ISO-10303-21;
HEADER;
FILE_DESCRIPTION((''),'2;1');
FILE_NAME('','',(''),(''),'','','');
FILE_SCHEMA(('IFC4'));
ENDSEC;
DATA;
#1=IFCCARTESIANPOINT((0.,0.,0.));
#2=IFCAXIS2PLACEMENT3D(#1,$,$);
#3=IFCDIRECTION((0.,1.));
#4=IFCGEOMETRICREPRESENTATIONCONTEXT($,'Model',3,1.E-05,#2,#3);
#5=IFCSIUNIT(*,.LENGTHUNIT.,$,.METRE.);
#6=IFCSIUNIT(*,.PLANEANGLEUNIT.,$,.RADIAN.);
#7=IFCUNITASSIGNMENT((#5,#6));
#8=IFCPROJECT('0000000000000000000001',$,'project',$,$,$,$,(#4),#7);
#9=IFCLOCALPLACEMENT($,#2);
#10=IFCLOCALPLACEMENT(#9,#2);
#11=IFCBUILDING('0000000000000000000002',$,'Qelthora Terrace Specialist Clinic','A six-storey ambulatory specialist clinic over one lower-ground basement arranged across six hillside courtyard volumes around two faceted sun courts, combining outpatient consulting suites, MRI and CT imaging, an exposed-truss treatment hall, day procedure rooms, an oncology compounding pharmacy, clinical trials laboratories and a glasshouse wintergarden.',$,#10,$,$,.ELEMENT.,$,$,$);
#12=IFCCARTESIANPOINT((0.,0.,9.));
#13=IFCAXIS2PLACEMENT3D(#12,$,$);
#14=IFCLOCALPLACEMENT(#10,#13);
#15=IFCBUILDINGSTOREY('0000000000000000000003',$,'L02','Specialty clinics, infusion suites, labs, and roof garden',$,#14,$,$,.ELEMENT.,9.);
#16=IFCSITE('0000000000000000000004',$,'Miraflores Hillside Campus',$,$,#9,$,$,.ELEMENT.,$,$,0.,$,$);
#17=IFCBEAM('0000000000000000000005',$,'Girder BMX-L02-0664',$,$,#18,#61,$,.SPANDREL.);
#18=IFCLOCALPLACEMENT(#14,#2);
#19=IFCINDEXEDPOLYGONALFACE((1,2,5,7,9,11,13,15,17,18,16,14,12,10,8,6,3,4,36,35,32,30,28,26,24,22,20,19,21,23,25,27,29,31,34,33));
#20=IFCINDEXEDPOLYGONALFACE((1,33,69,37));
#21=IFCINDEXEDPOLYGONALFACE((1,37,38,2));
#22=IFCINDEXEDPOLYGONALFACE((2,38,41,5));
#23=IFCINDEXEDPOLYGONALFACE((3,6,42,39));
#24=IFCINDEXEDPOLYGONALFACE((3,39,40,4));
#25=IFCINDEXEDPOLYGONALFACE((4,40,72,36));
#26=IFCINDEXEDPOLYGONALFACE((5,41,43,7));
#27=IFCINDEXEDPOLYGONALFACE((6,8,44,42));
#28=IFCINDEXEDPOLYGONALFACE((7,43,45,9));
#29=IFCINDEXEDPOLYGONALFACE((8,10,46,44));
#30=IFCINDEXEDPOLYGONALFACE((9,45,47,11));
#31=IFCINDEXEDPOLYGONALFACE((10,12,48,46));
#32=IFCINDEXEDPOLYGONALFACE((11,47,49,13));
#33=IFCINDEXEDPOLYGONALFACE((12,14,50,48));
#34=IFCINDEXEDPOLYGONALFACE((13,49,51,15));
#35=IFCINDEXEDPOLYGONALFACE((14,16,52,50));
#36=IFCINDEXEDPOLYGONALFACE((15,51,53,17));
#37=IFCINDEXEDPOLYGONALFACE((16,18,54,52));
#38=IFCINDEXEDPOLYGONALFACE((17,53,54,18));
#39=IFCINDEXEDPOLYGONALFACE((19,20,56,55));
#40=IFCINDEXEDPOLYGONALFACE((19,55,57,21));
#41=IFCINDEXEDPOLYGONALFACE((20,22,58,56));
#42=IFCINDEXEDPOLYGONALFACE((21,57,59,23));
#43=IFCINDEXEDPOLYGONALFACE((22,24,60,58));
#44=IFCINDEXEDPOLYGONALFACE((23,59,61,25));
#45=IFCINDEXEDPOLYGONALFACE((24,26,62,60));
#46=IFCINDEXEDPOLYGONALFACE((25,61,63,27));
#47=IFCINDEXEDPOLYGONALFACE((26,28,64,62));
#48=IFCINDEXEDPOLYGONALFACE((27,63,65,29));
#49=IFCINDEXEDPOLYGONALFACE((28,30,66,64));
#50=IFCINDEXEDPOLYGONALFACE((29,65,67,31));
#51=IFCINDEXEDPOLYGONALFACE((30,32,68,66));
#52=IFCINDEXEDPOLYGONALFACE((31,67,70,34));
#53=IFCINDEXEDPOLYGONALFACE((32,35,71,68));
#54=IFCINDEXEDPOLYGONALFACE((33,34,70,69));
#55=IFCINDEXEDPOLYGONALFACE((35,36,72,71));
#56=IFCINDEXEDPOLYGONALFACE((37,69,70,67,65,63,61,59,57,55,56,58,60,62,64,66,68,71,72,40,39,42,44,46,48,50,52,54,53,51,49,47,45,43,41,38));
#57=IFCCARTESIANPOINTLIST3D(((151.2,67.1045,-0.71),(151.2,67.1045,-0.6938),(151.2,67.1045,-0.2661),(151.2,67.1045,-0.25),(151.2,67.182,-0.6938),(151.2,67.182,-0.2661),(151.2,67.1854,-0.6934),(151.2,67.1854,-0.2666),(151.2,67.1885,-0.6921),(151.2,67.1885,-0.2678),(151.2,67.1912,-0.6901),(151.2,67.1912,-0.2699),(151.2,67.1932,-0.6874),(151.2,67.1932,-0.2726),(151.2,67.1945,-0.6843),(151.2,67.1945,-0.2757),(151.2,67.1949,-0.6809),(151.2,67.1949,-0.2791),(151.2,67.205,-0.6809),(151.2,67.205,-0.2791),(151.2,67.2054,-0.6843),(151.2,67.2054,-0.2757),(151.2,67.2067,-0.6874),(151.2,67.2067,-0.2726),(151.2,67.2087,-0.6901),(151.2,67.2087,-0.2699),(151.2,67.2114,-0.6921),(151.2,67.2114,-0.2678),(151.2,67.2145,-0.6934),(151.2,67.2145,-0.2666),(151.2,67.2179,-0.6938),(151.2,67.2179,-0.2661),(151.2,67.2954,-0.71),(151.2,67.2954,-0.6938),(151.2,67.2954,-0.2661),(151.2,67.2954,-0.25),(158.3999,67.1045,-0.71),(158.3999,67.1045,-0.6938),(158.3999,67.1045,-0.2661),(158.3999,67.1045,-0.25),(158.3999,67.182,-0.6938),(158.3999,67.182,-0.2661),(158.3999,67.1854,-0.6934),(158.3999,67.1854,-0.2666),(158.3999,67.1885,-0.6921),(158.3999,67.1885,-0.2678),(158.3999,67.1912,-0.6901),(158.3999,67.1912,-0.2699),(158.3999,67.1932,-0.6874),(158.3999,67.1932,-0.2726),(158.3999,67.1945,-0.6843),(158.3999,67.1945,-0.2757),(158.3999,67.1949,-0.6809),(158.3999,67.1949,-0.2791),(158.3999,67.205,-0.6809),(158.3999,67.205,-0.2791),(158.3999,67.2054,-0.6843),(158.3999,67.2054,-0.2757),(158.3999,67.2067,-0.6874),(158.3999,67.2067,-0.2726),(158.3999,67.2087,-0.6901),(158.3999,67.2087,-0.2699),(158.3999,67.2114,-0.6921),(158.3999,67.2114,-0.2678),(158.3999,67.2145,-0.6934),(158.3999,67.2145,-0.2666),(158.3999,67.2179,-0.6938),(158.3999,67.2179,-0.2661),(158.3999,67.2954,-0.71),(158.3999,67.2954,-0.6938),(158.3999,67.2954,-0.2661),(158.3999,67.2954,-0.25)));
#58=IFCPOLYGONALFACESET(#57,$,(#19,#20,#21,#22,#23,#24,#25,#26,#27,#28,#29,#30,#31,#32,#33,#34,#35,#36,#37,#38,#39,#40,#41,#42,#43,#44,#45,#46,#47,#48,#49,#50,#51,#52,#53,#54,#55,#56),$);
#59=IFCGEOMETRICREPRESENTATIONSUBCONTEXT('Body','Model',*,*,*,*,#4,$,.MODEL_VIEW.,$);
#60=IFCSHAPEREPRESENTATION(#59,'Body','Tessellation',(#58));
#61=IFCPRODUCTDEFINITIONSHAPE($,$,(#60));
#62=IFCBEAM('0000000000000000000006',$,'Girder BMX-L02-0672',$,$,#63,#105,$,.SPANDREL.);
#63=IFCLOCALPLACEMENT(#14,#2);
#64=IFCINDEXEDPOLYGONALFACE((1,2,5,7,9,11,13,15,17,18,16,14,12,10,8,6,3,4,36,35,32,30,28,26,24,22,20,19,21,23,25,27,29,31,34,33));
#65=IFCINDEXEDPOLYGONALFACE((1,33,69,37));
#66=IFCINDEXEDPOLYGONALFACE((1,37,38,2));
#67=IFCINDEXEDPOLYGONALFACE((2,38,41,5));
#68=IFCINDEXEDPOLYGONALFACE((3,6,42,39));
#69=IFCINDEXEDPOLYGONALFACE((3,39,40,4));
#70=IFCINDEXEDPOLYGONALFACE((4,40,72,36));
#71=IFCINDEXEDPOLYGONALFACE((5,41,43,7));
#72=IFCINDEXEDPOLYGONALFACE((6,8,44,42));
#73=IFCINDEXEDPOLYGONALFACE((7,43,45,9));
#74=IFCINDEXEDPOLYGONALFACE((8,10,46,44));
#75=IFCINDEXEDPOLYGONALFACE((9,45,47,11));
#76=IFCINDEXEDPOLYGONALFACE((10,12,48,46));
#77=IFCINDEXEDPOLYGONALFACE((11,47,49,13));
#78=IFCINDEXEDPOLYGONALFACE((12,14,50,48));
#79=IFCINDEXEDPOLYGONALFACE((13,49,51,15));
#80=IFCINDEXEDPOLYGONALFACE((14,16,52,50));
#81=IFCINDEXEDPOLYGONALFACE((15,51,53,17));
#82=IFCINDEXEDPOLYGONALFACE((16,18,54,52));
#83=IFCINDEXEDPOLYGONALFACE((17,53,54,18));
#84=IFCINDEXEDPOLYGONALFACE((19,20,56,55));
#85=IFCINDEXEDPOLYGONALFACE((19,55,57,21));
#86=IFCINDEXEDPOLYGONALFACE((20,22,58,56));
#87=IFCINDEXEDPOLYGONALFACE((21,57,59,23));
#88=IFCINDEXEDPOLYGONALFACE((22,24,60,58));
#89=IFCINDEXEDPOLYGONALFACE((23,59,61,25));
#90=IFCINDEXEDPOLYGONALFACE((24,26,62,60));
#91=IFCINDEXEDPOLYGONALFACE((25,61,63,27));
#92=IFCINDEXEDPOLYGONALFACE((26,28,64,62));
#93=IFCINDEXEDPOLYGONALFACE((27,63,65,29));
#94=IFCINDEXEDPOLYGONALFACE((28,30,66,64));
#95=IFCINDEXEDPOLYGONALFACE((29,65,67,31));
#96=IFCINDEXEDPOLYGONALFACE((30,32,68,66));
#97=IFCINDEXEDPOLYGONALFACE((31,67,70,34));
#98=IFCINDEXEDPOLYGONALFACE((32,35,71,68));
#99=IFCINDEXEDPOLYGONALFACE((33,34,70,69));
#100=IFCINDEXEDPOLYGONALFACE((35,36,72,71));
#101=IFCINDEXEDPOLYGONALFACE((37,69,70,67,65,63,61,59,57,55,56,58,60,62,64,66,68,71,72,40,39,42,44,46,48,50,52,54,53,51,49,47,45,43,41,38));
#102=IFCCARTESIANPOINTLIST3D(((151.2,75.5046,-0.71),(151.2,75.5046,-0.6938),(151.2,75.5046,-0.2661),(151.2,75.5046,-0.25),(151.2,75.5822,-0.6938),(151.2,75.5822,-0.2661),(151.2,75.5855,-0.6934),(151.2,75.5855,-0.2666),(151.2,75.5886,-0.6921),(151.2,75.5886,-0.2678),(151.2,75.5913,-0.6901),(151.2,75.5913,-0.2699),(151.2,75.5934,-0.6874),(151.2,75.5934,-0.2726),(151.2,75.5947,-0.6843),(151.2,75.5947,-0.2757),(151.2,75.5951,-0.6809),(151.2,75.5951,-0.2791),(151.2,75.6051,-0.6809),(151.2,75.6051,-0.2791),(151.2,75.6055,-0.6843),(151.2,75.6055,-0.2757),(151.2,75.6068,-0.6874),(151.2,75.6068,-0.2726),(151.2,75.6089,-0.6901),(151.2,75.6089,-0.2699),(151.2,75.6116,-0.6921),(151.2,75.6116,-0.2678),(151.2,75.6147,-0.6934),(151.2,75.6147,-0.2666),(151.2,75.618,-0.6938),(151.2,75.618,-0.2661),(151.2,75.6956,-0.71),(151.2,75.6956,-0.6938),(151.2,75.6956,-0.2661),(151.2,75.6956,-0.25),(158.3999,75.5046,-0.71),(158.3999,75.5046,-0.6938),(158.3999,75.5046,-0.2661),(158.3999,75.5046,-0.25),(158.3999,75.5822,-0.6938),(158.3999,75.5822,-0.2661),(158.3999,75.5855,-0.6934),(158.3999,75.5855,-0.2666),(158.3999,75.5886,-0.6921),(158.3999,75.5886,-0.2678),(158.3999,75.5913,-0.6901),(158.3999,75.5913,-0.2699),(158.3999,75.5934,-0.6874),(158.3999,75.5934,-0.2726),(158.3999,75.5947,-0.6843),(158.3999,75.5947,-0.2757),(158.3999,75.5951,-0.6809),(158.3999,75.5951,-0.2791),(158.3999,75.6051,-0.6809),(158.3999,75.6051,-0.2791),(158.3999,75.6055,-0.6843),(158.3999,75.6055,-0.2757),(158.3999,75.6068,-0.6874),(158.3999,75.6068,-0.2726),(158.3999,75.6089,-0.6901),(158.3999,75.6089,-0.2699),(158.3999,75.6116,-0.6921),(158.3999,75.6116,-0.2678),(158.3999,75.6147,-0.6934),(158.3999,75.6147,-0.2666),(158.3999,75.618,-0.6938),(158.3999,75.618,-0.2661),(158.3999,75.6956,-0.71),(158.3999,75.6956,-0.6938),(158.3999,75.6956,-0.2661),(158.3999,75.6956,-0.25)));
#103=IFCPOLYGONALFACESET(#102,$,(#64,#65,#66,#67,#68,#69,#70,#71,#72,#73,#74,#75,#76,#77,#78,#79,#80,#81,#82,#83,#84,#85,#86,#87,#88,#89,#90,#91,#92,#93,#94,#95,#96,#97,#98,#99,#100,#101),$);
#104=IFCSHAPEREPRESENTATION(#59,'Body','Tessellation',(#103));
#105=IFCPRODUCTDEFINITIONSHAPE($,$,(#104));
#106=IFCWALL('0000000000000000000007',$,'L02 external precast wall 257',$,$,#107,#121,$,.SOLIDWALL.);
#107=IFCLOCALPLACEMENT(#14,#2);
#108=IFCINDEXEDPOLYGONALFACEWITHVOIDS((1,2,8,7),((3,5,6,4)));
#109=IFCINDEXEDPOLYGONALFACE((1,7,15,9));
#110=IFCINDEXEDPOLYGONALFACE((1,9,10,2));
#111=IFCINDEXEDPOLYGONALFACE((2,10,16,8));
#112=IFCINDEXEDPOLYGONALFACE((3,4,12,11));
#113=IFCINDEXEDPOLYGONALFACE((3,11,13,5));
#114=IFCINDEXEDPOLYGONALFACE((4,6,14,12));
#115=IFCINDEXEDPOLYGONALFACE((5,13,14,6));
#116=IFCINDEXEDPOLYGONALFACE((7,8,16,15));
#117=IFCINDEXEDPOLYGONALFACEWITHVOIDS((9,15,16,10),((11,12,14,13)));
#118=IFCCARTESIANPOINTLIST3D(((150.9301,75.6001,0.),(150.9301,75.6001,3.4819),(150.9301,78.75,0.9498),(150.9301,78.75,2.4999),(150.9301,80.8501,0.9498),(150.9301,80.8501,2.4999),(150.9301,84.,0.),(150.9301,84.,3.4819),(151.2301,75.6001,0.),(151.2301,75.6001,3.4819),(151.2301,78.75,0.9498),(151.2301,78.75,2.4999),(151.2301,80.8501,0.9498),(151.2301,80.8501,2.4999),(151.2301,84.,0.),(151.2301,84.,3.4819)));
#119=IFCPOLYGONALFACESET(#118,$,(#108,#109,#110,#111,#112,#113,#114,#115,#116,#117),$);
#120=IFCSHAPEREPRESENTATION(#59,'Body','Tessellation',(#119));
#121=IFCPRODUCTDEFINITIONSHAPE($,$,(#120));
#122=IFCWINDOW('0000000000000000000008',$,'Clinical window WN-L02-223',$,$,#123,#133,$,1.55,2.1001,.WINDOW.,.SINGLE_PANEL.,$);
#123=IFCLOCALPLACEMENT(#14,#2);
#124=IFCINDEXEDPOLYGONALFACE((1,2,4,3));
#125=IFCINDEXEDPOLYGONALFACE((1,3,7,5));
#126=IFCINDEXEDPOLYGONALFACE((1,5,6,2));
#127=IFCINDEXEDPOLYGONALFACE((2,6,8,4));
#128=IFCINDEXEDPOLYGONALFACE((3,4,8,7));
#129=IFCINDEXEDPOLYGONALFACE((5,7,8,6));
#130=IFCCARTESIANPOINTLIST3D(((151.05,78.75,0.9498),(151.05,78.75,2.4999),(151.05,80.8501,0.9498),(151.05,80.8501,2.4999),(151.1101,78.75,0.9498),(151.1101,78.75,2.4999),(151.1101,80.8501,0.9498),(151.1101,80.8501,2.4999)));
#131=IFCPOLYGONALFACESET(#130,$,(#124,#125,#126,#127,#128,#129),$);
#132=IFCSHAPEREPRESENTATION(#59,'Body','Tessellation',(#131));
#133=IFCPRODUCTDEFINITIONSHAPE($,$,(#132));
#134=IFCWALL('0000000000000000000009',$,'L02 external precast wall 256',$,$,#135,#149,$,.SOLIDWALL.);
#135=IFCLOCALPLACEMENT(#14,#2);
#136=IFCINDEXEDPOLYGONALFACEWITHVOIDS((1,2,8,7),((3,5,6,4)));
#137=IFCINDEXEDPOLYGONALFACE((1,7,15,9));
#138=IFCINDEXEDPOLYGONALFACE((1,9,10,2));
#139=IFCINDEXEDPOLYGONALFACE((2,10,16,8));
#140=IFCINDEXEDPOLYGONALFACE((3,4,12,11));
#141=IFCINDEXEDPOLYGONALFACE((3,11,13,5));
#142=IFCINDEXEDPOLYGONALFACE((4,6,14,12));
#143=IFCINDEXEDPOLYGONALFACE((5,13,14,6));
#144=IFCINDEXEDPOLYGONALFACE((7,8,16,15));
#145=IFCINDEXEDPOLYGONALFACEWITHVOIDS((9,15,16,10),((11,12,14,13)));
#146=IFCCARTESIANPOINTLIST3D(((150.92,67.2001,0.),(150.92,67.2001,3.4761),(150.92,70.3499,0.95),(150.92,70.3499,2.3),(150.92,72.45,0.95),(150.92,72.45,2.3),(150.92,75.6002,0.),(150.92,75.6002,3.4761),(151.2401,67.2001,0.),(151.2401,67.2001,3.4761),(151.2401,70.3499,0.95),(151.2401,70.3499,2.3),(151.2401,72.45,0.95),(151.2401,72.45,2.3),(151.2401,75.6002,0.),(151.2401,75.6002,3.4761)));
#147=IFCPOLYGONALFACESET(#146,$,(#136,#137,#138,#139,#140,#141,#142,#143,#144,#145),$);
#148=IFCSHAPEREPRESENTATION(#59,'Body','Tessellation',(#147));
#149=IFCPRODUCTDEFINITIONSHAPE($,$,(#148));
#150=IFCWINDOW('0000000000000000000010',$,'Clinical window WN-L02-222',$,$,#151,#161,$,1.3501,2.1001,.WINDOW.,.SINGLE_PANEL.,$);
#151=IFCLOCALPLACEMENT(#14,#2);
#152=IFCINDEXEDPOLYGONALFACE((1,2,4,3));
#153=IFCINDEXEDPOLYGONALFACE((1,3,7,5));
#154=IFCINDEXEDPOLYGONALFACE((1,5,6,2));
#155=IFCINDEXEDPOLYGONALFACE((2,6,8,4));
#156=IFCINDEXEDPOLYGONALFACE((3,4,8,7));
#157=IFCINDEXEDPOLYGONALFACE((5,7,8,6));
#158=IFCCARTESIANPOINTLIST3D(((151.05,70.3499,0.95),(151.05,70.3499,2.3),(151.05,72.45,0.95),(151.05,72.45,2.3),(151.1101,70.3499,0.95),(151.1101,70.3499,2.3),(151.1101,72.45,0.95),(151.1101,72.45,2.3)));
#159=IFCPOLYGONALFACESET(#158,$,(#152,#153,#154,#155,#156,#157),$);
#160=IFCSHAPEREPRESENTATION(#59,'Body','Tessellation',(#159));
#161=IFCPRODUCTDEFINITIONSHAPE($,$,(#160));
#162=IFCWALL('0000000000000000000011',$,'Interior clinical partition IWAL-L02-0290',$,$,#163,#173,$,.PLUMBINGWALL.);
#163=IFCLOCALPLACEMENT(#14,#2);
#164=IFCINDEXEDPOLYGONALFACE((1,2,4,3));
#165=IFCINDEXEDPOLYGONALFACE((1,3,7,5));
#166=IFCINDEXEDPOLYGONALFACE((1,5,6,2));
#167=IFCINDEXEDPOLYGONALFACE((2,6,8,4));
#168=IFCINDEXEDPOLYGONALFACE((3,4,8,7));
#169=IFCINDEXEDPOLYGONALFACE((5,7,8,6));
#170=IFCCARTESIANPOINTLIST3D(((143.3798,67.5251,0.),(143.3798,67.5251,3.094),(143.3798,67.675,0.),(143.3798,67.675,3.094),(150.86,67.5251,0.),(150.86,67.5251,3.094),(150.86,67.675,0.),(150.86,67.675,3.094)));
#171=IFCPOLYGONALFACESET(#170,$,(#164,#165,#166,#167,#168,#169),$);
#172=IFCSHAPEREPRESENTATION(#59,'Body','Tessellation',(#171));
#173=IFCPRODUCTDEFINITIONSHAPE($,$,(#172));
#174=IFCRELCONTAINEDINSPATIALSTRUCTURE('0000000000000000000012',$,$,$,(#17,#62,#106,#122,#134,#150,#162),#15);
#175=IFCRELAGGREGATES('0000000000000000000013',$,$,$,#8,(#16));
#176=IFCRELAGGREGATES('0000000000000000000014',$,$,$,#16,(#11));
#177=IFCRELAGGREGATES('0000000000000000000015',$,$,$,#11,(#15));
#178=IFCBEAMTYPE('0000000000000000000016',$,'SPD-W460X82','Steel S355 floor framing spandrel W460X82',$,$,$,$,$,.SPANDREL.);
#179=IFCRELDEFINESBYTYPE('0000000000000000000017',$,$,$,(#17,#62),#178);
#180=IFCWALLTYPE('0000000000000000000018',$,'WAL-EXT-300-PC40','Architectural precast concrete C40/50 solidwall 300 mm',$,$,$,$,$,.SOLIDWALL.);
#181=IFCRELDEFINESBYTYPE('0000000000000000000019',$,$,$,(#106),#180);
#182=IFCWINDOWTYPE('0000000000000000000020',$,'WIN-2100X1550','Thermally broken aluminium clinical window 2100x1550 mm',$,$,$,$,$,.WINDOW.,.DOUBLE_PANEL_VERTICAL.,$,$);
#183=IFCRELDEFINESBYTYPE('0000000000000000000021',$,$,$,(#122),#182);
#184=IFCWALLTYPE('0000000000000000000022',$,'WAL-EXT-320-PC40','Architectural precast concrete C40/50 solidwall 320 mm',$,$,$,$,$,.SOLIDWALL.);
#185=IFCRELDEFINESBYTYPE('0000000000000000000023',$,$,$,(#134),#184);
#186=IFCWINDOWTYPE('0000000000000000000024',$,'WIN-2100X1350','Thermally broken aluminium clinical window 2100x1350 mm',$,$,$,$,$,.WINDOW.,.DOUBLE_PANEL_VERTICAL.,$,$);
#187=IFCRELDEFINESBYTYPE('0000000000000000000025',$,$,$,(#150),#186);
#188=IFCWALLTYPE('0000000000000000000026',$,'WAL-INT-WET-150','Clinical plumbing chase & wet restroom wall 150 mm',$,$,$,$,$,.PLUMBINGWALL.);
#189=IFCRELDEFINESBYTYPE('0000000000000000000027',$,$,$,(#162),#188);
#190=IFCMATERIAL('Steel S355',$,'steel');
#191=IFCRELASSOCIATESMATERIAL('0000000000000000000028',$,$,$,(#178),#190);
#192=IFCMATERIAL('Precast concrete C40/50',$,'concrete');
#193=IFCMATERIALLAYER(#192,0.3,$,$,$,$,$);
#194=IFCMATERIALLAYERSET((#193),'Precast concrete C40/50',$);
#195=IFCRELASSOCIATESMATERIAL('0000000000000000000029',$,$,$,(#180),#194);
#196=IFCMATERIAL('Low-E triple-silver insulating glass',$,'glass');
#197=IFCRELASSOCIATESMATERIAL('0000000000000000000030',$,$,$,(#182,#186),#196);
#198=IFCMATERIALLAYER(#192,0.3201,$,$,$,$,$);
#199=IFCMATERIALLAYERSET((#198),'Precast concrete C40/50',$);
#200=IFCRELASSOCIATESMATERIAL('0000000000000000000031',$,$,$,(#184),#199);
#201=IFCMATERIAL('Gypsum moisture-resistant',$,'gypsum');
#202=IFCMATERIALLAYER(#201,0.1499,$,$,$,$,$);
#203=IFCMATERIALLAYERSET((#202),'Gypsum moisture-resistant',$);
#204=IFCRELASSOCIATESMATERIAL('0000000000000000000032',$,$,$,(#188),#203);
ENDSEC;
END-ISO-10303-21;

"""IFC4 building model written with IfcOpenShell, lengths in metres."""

from ifc_helpers import new_model, si_unit, direction, frame, frame_2d, origin, origin_2d, place, context, subcontext, project, spatial, rectangle, i_section, extrude, material, layer, layer_set, material_profile, profile_set, type_object, element, fill, save


model = new_model("IFC4")

# Units and contexts
model_context = context("Model", 3, precision=1e-05, world=origin(), true_north=direction((0.0, 1.0)))
body_context = subcontext(model_context, "Body", "Model", "MODEL_VIEW")
ifc_project = project(units=[si_unit("LENGTHUNIT", "METRE"), si_unit("PLANEANGLEUNIT", "RADIAN")], contexts=[model_context])

# Site, building, storey
site_placement = place(None, origin())
site = spatial("IfcSite", under=ifc_project, at=site_placement, Name="Miraflores Hillside Campus", CompositionType="ELEMENT", RefElevation=0.0)
building_placement = place(site_placement, origin())
building = spatial("IfcBuilding", under=site, at=building_placement, Name="Qelthora Terrace Specialist Clinic", Description="A six-storey ambulatory specialist clinic over one lower-ground basement arranged across six hillside courtyard volumes around two faceted sun courts, combining outpatient consulting suites, MRI and CT imaging, an exposed-truss treatment hall, day procedure rooms, an oncology compounding pharmacy, clinical trials laboratories and a glasshouse wintergarden.", CompositionType="ELEMENT")
storey_placement = place(building_placement, frame((0.0, 0.0, 9.0)))
storey = spatial("IfcBuildingStorey", under=building, at=storey_placement, Name="L02", Description="Specialty clinics, infusion suites, labs, and roof garden", CompositionType="ELEMENT", Elevation=9.0)

# Shared definitions
ifc_material_1 = material(Name="Steel S355", Category="steel")

# Beams
ifc_material_profile_1 = material_profile(ifc_material_1, i_section(OverallWidth=0.1909, OverallDepth=0.46, WebThickness=0.01, FlangeThickness=0.0161, FilletRadius=0.0129, at=origin_2d()), Name="W460X82")
ifc_profile_set_1 = profile_set([ifc_material_profile_1], Name="Steel S355")
beam_type_1 = type_object("IfcBeamType", Name="SPD-W460X82", Description="Steel S355 floor framing spandrel W460X82", PredefinedType="SPANDREL", material=ifc_profile_set_1)
for number, where, z_axis, x_axis, name in (
    (1, (151.2, 67.2, -0.48), (1.0, 0.0, 0.0), (0.0, 1.0, 0.0), "Girder BMX-L02-0664"),
    (2, (151.2, 75.6001, -0.48), (1.0, 0.0, 0.0), (0.0, 1.0, 0.0), "Girder BMX-L02-0672"),
):
    element("IfcBeam", number, at=place(storey_placement, frame(where, z_axis=z_axis, x_axis=x_axis)), inside=storey, type_object=beam_type_1, Name=name, PredefinedType="SPANDREL", context=body_context, shape_type="SweptSolid", body=[
        extrude(i_section(OverallWidth=0.1909, OverallDepth=0.46, WebThickness=0.01, FlangeThickness=0.0161, FilletRadius=0.0129, at=origin_2d()), origin(), (0.0, 0.0, 1.0), 7.2),
    ])

# Walls, openings, windows
ifc_material_2 = material(Name="Precast concrete C40/50", Category="concrete")
ifc_layer_1 = layer(ifc_material_2, 0.3)
ifc_layer_set_1 = layer_set([ifc_layer_1], Name="Precast concrete C40/50")
wall_type_1 = type_object("IfcWallType", Name="WAL-EXT-300-PC40", Description="Architectural precast concrete C40/50 solidwall 300 mm", PredefinedType="SOLIDWALL", material=ifc_layer_set_1)
wall_1_placement = place(storey_placement, frame((151.0801, 75.6001, 0.0), z_axis=(0.0, 0.0, 1.0), x_axis=(0.0, 1.0, 0.0)))
wall_1 = element("IfcWall", 3, at=wall_1_placement, inside=storey, type_object=wall_type_1, Name="L02 external precast wall 257", PredefinedType="SOLIDWALL", context=body_context, shape_type="SweptSolid", body=[
    extrude(rectangle(XDim=8.3999, YDim=0.3, at=frame_2d((4.2, 0.0))), origin(), (0.0, 0.0, 1.0), 3.4819),
])
opening_1_placement = place(wall_1_placement, frame((3.1499, 0.0, 0.95)))
opening_1 = element("IfcOpeningElement", 4, at=opening_1_placement, cuts=wall_1, PredefinedType="OPENING", context=body_context, shape_type="SweptSolid", body=[
    extrude(rectangle(XDim=2.1001, YDim=1.55, at=frame_2d((1.05, 0.7749))), frame((0.0, 0.1599, 0.0), z_axis=(0.0, -1.0, 0.0), x_axis=(1.0, 0.0, 0.0)), (0.0, 0.0, 1.0), 0.3201),
])
ifc_material_3 = material(Name="Low-E triple-silver insulating glass", Category="glass")
window_type_1 = type_object("IfcWindowType", Name="WIN-2100X1550", Description="Thermally broken aluminium clinical window 2100x1550 mm", PartitioningType="DOUBLE_PANEL_VERTICAL", PredefinedType="WINDOW", material=ifc_material_3)
window_1_placement = place(opening_1_placement, origin())
window_1 = element("IfcWindow", 5, at=window_1_placement, inside=storey, type_object=window_type_1, Name="Clinical window WN-L02-223", OverallHeight=1.55, OverallWidth=2.1001, PartitioningType="SINGLE_PANEL", PredefinedType="WINDOW", context=body_context, shape_type="SweptSolid", body=[
    extrude(rectangle(XDim=2.1001, YDim=1.55, at=frame_2d((1.05, 0.7749))), frame((0.0, 0.03, 0.0), z_axis=(0.0, -1.0, 0.0), x_axis=(1.0, 0.0, 0.0)), (0.0, 0.0, 1.0), 0.0601),
])
fill(opening_1, window_1)
ifc_layer_2 = layer(ifc_material_2, 0.3201)
ifc_layer_set_2 = layer_set([ifc_layer_2], Name="Precast concrete C40/50")
wall_type_2 = type_object("IfcWallType", Name="WAL-EXT-320-PC40", Description="Architectural precast concrete C40/50 solidwall 320 mm", PredefinedType="SOLIDWALL", material=ifc_layer_set_2)
wall_2_placement = place(storey_placement, frame((151.0801, 67.2, 0.0), z_axis=(0.0, 0.0, 1.0), x_axis=(0.0, 1.0, 0.0)))
wall_2 = element("IfcWall", 6, at=wall_2_placement, inside=storey, type_object=wall_type_2, Name="L02 external precast wall 256", PredefinedType="SOLIDWALL", context=body_context, shape_type="SweptSolid", body=[
    extrude(rectangle(XDim=8.4001, YDim=0.3201, at=frame_2d((4.2002, 0.0))), origin(), (0.0, 0.0, 1.0), 3.4761),
])
opening_2_placement = place(wall_2_placement, frame((3.1499, 0.0, 0.95)))
opening_2 = element("IfcOpeningElement", 7, at=opening_2_placement, cuts=wall_2, PredefinedType="OPENING", context=body_context, shape_type="SweptSolid", body=[
    extrude(rectangle(XDim=2.1001, YDim=1.3501, at=frame_2d((1.05, 0.675))), frame((0.0, 0.1699, 0.0), z_axis=(0.0, -1.0, 0.0), x_axis=(1.0, 0.0, 0.0)), (0.0, 0.0, 1.0), 0.3401),
])
window_type_2 = type_object("IfcWindowType", Name="WIN-2100X1350", Description="Thermally broken aluminium clinical window 2100x1350 mm", PartitioningType="DOUBLE_PANEL_VERTICAL", PredefinedType="WINDOW", material=ifc_material_3)
window_2_placement = place(opening_2_placement, origin())
window_2 = element("IfcWindow", 8, at=window_2_placement, inside=storey, type_object=window_type_2, Name="Clinical window WN-L02-222", OverallHeight=1.3501, OverallWidth=2.1001, PartitioningType="SINGLE_PANEL", PredefinedType="WINDOW", context=body_context, shape_type="SweptSolid", body=[
    extrude(rectangle(XDim=2.1001, YDim=1.3501, at=frame_2d((1.05, 0.675))), frame((0.0, 0.03, 0.0), z_axis=(0.0, -1.0, 0.0), x_axis=(1.0, 0.0, 0.0)), (0.0, 0.0, 1.0), 0.0601),
])
fill(opening_2, window_2)

# Wall
ifc_material_4 = material(Name="Gypsum moisture-resistant", Category="gypsum")
ifc_layer_3 = layer(ifc_material_4, 0.1499)
ifc_layer_set_3 = layer_set([ifc_layer_3], Name="Gypsum moisture-resistant")
wall_type_3 = type_object("IfcWallType", Name="WAL-INT-WET-150", Description="Clinical plumbing chase & wet restroom wall 150 mm", PredefinedType="PLUMBINGWALL", material=ifc_layer_set_3)
wall_3_placement = place(storey_placement, frame((150.8601, 67.6001, 0.0), z_axis=(0.0, 0.0, 1.0), x_axis=(-1.0, 0.0, 0.0)))
element("IfcWall", 9, at=wall_3_placement, inside=storey, type_object=wall_type_3, Name="Interior clinical partition IWAL-L02-0290", PredefinedType="PLUMBINGWALL", context=body_context, shape_type="SweptSolid", body=[
    extrude(rectangle(XDim=7.4802, YDim=0.1499, at=frame_2d((3.7402, 0.0))), origin(), (0.0, 0.0, 1.0), 3.094),
])

save(model, "model.ifc")
